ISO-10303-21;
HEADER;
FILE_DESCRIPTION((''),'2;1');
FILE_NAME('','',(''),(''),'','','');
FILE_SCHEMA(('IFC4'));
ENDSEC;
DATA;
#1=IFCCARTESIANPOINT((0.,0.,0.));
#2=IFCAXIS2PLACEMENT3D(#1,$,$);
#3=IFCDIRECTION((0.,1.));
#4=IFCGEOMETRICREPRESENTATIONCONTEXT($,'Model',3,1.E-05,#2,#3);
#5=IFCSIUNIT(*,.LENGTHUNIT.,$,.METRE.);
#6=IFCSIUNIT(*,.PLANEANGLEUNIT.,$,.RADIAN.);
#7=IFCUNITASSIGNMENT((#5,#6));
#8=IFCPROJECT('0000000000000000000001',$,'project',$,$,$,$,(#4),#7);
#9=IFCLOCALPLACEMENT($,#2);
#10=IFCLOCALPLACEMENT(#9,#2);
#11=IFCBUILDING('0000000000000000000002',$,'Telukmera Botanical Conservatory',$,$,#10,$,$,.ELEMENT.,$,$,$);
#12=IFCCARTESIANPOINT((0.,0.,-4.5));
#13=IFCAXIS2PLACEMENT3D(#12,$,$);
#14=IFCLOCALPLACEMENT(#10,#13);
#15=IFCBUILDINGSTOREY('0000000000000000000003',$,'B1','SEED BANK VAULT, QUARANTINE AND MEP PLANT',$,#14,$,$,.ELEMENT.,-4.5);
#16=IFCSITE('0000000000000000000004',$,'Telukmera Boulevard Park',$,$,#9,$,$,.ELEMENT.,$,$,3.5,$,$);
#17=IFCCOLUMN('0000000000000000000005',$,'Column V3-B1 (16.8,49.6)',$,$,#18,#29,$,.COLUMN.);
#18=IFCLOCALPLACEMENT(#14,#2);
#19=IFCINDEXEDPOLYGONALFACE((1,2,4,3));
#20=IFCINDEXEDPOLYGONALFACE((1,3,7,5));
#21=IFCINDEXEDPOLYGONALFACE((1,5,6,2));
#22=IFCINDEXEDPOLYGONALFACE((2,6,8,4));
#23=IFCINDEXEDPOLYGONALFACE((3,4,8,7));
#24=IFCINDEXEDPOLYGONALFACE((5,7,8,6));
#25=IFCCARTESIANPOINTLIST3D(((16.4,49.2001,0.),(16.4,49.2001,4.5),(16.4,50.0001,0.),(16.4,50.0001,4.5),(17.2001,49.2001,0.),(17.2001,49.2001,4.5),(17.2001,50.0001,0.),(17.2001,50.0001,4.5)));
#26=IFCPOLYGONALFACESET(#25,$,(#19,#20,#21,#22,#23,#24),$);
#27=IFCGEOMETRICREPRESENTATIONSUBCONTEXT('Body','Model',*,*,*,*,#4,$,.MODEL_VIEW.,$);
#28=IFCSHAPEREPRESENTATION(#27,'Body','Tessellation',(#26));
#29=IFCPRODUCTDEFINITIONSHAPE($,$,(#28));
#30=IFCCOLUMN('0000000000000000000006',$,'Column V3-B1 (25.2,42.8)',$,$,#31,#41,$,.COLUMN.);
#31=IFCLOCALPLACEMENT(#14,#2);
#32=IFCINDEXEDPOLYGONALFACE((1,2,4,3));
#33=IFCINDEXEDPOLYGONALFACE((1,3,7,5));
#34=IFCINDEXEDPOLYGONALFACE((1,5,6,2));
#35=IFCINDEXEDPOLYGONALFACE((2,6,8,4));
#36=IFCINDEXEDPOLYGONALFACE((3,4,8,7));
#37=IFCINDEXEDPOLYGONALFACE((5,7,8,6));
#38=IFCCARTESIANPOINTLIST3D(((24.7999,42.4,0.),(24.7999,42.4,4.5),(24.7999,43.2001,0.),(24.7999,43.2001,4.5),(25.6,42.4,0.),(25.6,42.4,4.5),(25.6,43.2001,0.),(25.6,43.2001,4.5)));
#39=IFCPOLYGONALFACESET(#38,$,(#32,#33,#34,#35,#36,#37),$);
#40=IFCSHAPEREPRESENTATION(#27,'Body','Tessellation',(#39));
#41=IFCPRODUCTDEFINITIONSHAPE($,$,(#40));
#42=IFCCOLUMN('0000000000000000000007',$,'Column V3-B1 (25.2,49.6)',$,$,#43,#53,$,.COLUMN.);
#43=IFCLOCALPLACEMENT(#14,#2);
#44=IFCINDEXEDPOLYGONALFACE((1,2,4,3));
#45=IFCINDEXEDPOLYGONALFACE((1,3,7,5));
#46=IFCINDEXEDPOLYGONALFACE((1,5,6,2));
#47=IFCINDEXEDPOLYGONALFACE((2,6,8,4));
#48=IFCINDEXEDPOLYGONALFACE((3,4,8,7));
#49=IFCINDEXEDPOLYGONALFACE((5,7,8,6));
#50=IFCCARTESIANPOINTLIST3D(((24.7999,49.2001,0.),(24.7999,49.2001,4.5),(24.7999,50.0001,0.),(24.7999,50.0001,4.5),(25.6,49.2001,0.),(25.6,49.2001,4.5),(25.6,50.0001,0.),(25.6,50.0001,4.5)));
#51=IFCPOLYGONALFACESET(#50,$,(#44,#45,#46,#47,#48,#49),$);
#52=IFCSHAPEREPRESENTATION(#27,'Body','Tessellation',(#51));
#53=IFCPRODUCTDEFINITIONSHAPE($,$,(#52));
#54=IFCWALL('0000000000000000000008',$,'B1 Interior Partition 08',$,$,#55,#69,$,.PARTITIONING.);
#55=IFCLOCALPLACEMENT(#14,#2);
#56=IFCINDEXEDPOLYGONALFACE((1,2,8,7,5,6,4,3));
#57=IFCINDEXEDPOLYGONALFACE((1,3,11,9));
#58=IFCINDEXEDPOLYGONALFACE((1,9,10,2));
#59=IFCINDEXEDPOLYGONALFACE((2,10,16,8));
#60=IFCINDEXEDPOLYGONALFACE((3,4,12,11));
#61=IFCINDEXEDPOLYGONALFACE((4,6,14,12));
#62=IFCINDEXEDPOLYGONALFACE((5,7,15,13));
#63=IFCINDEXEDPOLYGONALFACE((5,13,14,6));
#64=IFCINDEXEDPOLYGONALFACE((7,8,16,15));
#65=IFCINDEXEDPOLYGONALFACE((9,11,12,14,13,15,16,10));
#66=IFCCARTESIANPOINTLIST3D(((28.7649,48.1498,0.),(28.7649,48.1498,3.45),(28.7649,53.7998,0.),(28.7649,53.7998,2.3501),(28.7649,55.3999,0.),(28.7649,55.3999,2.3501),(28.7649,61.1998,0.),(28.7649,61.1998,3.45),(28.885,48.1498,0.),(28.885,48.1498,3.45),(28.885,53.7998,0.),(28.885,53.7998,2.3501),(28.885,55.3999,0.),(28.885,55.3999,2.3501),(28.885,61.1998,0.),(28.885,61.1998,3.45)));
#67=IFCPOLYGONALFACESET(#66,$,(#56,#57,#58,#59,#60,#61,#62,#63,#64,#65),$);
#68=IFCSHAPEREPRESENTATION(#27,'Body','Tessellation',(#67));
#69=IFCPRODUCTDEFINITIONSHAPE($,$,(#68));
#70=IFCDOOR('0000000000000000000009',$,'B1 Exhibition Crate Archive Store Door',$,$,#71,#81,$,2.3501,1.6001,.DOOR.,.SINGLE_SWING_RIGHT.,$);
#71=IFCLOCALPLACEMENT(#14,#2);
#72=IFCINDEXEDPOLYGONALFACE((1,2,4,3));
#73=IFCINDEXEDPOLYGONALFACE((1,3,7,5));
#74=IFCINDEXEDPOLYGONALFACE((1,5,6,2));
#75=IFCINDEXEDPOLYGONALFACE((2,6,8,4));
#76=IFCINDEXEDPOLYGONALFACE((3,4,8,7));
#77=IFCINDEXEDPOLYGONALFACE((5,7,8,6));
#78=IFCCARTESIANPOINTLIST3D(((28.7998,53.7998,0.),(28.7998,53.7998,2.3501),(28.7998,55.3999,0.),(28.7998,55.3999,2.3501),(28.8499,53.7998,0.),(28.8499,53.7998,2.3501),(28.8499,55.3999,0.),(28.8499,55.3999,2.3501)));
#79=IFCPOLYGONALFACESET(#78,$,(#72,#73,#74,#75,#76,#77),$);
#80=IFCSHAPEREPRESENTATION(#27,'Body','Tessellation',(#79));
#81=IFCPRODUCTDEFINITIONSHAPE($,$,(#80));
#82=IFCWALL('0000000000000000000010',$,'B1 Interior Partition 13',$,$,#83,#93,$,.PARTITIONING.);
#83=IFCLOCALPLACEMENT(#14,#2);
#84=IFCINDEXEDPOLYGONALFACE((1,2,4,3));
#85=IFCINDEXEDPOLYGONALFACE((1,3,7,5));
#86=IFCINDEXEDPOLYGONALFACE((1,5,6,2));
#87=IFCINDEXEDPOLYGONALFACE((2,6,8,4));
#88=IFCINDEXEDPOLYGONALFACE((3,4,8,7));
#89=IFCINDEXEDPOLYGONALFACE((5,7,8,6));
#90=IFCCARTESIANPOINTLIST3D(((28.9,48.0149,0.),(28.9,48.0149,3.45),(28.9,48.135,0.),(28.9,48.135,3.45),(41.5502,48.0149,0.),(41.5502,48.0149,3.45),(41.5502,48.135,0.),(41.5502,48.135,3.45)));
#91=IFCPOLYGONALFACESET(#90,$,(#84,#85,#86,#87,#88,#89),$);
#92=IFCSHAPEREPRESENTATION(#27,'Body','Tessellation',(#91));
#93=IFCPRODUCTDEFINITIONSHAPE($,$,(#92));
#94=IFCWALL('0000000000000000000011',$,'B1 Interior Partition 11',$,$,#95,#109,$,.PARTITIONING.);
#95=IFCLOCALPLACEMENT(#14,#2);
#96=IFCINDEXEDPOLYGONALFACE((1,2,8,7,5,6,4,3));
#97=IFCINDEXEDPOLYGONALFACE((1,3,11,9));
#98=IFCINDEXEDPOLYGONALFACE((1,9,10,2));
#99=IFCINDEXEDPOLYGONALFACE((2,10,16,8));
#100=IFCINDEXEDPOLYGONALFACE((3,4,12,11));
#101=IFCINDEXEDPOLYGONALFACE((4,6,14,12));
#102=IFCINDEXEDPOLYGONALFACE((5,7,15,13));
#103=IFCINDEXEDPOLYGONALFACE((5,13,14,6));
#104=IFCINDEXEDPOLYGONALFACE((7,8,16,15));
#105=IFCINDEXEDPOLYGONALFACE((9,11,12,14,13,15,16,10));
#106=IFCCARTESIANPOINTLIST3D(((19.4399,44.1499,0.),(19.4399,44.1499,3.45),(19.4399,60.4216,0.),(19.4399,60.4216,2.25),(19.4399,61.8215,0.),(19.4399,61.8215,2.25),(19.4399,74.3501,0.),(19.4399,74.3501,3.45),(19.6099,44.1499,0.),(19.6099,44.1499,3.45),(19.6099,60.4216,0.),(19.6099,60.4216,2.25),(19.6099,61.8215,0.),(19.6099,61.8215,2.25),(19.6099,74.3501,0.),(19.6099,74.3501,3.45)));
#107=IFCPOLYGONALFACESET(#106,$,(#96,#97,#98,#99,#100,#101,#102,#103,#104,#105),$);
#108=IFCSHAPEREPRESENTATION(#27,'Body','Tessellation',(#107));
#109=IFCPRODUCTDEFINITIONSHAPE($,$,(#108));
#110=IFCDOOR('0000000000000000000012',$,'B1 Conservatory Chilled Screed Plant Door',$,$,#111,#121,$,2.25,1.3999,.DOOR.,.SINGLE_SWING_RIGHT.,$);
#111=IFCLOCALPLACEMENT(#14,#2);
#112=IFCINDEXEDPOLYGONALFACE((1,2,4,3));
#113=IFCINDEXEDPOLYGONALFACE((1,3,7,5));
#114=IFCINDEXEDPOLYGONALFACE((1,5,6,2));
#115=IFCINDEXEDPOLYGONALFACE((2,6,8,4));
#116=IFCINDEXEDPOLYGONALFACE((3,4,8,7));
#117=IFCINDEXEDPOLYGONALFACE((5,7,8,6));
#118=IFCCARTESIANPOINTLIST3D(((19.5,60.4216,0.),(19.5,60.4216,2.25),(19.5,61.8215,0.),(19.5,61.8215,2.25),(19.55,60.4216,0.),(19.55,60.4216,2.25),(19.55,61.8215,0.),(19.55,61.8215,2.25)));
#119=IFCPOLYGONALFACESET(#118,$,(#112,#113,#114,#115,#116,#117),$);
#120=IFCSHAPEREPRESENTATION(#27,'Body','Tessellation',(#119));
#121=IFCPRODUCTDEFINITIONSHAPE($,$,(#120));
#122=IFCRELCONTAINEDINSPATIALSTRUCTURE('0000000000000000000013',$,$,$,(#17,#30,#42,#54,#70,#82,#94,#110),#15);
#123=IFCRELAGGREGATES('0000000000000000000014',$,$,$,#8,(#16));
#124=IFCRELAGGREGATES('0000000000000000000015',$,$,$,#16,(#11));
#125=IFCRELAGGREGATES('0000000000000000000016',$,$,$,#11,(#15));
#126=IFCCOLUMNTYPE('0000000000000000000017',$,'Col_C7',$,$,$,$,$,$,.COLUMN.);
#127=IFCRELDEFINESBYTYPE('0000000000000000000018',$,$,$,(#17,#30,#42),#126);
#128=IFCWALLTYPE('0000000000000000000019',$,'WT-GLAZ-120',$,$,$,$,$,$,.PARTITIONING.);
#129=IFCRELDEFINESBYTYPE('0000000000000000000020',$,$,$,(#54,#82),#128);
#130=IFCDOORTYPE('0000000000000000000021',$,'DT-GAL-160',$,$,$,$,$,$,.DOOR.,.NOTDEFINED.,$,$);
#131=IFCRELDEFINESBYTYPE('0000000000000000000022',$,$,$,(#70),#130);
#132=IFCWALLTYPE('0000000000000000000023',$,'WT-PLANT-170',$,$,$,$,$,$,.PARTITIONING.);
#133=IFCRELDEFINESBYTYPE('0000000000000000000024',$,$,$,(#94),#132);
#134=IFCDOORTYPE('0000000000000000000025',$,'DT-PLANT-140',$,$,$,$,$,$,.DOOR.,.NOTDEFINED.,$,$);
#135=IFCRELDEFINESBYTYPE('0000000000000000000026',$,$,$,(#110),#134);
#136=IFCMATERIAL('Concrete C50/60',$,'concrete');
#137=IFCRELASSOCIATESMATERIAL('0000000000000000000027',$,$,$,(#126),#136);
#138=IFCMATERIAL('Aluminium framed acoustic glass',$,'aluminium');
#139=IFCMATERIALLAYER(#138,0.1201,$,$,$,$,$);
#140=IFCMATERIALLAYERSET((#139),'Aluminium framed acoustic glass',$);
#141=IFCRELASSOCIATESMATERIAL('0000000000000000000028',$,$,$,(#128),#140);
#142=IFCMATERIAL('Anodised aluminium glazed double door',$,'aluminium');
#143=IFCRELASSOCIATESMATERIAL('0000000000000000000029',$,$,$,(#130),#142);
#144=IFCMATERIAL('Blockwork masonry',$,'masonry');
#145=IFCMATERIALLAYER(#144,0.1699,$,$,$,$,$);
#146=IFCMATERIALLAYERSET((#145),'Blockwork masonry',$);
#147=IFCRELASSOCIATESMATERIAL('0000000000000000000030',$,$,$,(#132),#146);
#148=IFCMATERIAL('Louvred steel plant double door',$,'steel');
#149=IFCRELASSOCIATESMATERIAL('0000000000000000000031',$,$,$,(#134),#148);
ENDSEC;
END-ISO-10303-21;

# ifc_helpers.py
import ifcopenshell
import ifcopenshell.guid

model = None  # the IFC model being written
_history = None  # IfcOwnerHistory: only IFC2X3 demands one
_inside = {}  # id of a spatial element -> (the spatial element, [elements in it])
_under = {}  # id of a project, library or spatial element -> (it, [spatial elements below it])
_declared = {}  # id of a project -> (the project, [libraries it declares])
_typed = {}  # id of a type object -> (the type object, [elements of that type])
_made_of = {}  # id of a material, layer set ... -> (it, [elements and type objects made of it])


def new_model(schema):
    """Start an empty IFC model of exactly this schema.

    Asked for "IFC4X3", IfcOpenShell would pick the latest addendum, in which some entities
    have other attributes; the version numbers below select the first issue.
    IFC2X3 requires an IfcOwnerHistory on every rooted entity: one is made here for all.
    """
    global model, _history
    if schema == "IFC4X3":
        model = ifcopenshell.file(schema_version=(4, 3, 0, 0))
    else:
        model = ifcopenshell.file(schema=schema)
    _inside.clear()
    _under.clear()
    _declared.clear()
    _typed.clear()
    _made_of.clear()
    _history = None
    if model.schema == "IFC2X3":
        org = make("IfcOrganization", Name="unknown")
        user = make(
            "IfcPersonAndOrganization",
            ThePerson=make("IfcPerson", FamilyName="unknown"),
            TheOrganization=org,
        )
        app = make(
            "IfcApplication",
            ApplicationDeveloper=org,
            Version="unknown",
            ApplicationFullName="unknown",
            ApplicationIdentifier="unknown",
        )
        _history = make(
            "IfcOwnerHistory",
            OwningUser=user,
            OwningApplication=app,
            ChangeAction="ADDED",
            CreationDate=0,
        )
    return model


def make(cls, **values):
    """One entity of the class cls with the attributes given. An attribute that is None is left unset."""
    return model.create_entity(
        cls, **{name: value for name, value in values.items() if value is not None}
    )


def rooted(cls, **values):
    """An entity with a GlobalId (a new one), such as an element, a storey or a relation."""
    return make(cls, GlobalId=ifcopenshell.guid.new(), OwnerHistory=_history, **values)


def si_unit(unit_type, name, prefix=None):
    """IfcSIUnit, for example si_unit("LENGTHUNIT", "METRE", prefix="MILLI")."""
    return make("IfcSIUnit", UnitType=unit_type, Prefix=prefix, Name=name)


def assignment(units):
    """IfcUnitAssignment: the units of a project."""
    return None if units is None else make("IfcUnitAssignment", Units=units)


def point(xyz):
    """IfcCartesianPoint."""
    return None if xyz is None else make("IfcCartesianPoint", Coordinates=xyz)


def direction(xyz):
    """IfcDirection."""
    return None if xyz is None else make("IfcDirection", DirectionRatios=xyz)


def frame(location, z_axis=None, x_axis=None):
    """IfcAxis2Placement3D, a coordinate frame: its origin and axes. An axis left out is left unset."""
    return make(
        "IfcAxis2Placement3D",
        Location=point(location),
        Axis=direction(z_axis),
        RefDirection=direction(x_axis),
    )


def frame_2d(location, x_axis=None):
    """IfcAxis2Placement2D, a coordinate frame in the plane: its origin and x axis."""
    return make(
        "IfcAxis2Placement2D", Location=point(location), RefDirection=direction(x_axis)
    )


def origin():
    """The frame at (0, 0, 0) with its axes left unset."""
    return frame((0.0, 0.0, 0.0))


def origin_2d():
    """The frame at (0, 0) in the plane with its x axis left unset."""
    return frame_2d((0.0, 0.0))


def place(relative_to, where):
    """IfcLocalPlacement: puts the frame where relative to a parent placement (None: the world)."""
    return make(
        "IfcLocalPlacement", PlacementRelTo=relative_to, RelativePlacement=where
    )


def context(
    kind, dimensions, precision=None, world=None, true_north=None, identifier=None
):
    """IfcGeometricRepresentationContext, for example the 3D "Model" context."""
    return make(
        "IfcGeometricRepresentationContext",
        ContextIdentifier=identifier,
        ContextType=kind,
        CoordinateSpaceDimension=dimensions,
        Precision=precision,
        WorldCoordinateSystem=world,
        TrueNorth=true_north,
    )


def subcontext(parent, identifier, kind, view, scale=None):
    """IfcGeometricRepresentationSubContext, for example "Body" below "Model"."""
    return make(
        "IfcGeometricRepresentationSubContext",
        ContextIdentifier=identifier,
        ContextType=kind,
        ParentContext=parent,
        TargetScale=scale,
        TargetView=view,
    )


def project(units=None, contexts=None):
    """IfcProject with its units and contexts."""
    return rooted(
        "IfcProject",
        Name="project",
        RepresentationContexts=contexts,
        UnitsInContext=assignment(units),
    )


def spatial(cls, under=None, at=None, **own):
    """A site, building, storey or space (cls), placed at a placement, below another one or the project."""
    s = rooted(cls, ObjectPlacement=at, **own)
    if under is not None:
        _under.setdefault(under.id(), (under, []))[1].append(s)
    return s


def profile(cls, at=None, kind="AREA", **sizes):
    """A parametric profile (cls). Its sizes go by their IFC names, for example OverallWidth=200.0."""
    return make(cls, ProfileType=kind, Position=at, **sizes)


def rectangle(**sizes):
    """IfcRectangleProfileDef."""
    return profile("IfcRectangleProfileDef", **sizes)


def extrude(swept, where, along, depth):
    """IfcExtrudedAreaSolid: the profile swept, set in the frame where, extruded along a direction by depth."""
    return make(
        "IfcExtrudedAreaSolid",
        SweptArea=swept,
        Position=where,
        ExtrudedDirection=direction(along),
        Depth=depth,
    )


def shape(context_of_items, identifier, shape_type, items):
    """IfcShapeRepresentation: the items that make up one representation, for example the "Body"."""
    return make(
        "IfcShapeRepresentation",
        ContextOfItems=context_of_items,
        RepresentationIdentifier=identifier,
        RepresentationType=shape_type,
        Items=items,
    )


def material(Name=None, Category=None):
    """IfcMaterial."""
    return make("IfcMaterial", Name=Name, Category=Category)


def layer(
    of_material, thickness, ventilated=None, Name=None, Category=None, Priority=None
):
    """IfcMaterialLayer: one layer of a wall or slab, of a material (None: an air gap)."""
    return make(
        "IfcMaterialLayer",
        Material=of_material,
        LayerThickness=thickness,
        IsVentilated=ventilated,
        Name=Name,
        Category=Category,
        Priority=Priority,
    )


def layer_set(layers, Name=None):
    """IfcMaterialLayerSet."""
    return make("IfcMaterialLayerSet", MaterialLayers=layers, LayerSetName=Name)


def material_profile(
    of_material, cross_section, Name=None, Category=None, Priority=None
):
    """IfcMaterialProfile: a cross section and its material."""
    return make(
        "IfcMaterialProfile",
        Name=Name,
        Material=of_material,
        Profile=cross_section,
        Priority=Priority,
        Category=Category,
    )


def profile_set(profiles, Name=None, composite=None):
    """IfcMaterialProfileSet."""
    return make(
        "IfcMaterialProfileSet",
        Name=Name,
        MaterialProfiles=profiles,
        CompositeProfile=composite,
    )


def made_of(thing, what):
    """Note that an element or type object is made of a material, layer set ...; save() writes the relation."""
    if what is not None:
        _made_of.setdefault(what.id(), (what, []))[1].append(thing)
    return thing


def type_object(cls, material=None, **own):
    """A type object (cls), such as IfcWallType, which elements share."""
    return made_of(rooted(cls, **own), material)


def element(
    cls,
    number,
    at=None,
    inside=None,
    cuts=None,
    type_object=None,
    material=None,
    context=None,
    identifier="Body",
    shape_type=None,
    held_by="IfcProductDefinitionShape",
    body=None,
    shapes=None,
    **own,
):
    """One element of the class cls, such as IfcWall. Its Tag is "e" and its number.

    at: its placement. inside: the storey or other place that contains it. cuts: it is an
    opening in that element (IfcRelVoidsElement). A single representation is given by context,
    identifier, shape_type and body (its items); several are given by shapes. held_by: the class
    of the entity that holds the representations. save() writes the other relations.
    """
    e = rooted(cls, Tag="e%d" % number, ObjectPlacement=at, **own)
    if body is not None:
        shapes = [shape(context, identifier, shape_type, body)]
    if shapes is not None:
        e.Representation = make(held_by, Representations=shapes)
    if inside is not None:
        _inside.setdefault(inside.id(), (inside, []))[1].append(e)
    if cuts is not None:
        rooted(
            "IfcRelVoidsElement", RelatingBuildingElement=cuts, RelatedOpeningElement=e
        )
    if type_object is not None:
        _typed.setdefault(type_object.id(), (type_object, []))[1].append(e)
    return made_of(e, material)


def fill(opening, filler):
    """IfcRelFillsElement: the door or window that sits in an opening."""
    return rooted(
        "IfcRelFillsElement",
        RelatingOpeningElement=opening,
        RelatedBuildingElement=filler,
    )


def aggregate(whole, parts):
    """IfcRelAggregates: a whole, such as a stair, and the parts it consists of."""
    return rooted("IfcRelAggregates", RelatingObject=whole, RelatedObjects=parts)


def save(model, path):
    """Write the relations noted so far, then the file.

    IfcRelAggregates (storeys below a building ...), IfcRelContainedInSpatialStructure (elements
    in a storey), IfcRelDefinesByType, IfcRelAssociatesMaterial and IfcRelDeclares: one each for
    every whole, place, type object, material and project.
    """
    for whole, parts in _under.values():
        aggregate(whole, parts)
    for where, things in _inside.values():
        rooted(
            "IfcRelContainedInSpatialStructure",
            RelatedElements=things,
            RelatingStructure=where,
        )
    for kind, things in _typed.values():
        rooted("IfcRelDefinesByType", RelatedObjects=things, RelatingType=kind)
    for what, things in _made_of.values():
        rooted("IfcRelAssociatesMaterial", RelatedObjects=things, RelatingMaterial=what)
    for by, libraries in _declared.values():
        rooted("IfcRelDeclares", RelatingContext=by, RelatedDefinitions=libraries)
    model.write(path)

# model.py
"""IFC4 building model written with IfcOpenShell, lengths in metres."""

from ifc_helpers import new_model, si_unit, direction, frame, frame_2d, origin, origin_2d, place, context, subcontext, project, spatial, rectangle, extrude, material, layer, layer_set, material_profile, profile_set, type_object, element, fill, save


model = new_model("IFC4")

# Units and contexts
model_context = context("Model", 3, precision=1e-05, world=origin(), true_north=direction((0.0, 1.0)))
body_context = subcontext(model_context, "Body", "Model", "MODEL_VIEW")
ifc_project = project(units=[si_unit("LENGTHUNIT", "METRE"), si_unit("PLANEANGLEUNIT", "RADIAN")], contexts=[model_context])

# Site, building, storey
site_placement = place(None, origin())
site = spatial("IfcSite", under=ifc_project, at=site_placement, Name="Telukmera Boulevard Park", CompositionType="ELEMENT", RefElevation=3.5)
building_placement = place(site_placement, origin())
building = spatial("IfcBuilding", under=site, at=building_placement, Name="Telukmera Botanical Conservatory", CompositionType="ELEMENT")
storey_placement = place(building_placement, frame((0.0, 0.0, -4.5)))
storey = spatial("IfcBuildingStorey", under=building, at=storey_placement, Name="B1", Description="SEED BANK VAULT, QUARANTINE AND MEP PLANT", CompositionType="ELEMENT", Elevation=-4.5)

# Shared definitions
ifc_material_1 = material(Name="Concrete C50/60", Category="concrete")

# Columns
ifc_material_profile_1 = material_profile(ifc_material_1, rectangle(XDim=0.8, YDim=0.8, at=origin_2d()), Name="RC 800x800")
ifc_profile_set_1 = profile_set([ifc_material_profile_1], Name="Concrete C50/60")
column_type = type_object("IfcColumnType", Name="Col_C7", PredefinedType="COLUMN", material=ifc_profile_set_1)
for number, where, z_axis, x_axis, name in (
    (1, (16.8, 49.6001, 0.0), (0.0, 0.0, 1.0), (1.0, 0.0, 0.0), "Column V3-B1 (16.8,49.6)"),
    (2, (25.2, 42.8, 0.0), (0.0, 0.0, 1.0), (1.0, 0.0, 0.0), "Column V3-B1 (25.2,42.8)"),
    (3, (25.2, 49.6001, 0.0), (0.0, 0.0, 1.0), (1.0, 0.0, 0.0), "Column V3-B1 (25.2,49.6)"),
):
    element("IfcColumn", number, at=place(storey_placement, frame(where, z_axis=z_axis, x_axis=x_axis)), inside=storey, type_object=column_type, Name=name, PredefinedType="COLUMN", context=body_context, shape_type="SweptSolid", body=[
        extrude(rectangle(XDim=0.8, YDim=0.8, at=origin_2d()), origin(), (0.0, 0.0, 1.0), 4.5),
    ])

# Wall, opening, door
ifc_material_2 = material(Name="Aluminium framed acoustic glass", Category="aluminium")
ifc_layer_1 = layer(ifc_material_2, 0.1201)
ifc_layer_set_1 = layer_set([ifc_layer_1], Name="Aluminium framed acoustic glass")
wall_type_1 = type_object("IfcWallType", Name="WT-GLAZ-120", PredefinedType="PARTITIONING", material=ifc_layer_set_1)
wall_1_placement = place(storey_placement, frame((28.825, 48.1499, 0.0), z_axis=(0.0, 0.0, 1.0), x_axis=(0.0, 1.0, 0.0)))
wall_1 = element("IfcWall", 4, at=wall_1_placement, inside=storey, type_object=wall_type_1, Name="B1 Interior Partition 08", PredefinedType="PARTITIONING", context=body_context, shape_type="SweptSolid", body=[
    extrude(rectangle(XDim=13.05, YDim=0.1201, at=frame_2d((6.5249, 0.0))), origin(), (0.0, 0.0, 1.0), 3.45),
])
opening_1_placement = place(wall_1_placement, frame((5.6499, 0.0, 0.0)))
opening_1 = element("IfcOpeningElement", 5, at=opening_1_placement, cuts=wall_1, PredefinedType="OPENING", context=body_context, shape_type="SweptSolid", body=[
    extrude(rectangle(XDim=1.6001, YDim=2.3501, at=frame_2d((0.8, 1.175))), frame((0.0, 0.0701, 0.0), z_axis=(0.0, -1.0, 0.0), x_axis=(1.0, 0.0, 0.0)), (0.0, 0.0, 1.0), 0.1401),
])
ifc_material_3 = material(Name="Anodised aluminium glazed double door", Category="aluminium")
door_type_1 = type_object("IfcDoorType", Name="DT-GAL-160", OperationType="NOTDEFINED", PredefinedType="DOOR", material=ifc_material_3)
door_1_placement = place(opening_1_placement, frame((1.6001, 0.0, 0.0), z_axis=(0.0, 0.0, 1.0), x_axis=(-1.0, 0.0, 0.0)))
door_1 = element("IfcDoor", 6, at=door_1_placement, inside=storey, type_object=door_type_1, Name="B1 Exhibition Crate Archive Store Door", OperationType="SINGLE_SWING_RIGHT", OverallHeight=2.3501, OverallWidth=1.6001, PredefinedType="DOOR", context=body_context, shape_type="SweptSolid", body=[
    extrude(rectangle(XDim=1.6001, YDim=2.3501, at=frame_2d((0.8, 1.175))), frame((0.0, 0.0249, 0.0), z_axis=(0.0, -1.0, 0.0), x_axis=(1.0, 0.0, 0.0)), (0.0, 0.0, 1.0), 0.05),
])
fill(opening_1, door_1)

# Wall
wall_2_placement = place(storey_placement, frame((28.8999, 48.075, 0.0), z_axis=(0.0, 0.0, 1.0), x_axis=(1.0, 0.0, 0.0)))
element("IfcWall", 7, at=wall_2_placement, inside=storey, type_object=wall_type_1, Name="B1 Interior Partition 13", PredefinedType="PARTITIONING", context=body_context, shape_type="SweptSolid", body=[
    extrude(rectangle(XDim=12.6501, YDim=0.1201, at=frame_2d((6.3252, 0.0))), origin(), (0.0, 0.0, 1.0), 3.45),
])

# Wall, opening, door
ifc_material_4 = material(Name="Blockwork masonry", Category="masonry")
ifc_layer_2 = layer(ifc_material_4, 0.1699)
ifc_layer_set_2 = layer_set([ifc_layer_2], Name="Blockwork masonry")
wall_type_2 = type_object("IfcWallType", Name="WT-PLANT-170", PredefinedType="PARTITIONING", material=ifc_layer_set_2)
wall_3_placement = place(storey_placement, frame((19.5249, 44.1499, 0.0), z_axis=(0.0, 0.0, 1.0), x_axis=(0.0, 1.0, 0.0)))
wall_3 = element("IfcWall", 8, at=wall_3_placement, inside=storey, type_object=wall_type_2, Name="B1 Interior Partition 11", PredefinedType="PARTITIONING", context=body_context, shape_type="SweptSolid", body=[
    extrude(rectangle(XDim=30.2002, YDim=0.1699, at=frame_2d((15.1001, 0.0))), origin(), (0.0, 0.0, 1.0), 3.45),
])
opening_2_placement = place(wall_3_placement, frame((16.2717, 0.0, 0.0)))
opening_2 = element("IfcOpeningElement", 9, at=opening_2_placement, cuts=wall_3, PredefinedType="OPENING", context=body_context, shape_type="SweptSolid", body=[
    extrude(rectangle(XDim=1.3999, YDim=2.25, at=frame_2d((0.7, 1.125))), frame((0.0, 0.095, 0.0), z_axis=(0.0, -1.0, 0.0), x_axis=(1.0, 0.0, 0.0)), (0.0, 0.0, 1.0), 0.1899),
])
ifc_material_5 = material(Name="Louvred steel plant double door", Category="steel")
door_type_2 = type_object("IfcDoorType", Name="DT-PLANT-140", OperationType="NOTDEFINED", PredefinedType="DOOR", material=ifc_material_5)
door_2_placement = place(opening_2_placement, origin())
door_2 = element("IfcDoor", 10, at=door_2_placement, inside=storey, type_object=door_type_2, Name="B1 Conservatory Chilled Screed Plant Door", OperationType="SINGLE_SWING_RIGHT", OverallHeight=2.25, OverallWidth=1.3999, PredefinedType="DOOR", context=body_context, shape_type="SweptSolid", body=[
    extrude(rectangle(XDim=1.3999, YDim=2.25, at=frame_2d((0.7, 1.125))), frame((0.0, 0.0249, 0.0), z_axis=(0.0, -1.0, 0.0), x_axis=(1.0, 0.0, 0.0)), (0.0, 0.0, 1.0), 0.05),
])
fill(opening_2, door_2)

save(model, "model.ifc")
